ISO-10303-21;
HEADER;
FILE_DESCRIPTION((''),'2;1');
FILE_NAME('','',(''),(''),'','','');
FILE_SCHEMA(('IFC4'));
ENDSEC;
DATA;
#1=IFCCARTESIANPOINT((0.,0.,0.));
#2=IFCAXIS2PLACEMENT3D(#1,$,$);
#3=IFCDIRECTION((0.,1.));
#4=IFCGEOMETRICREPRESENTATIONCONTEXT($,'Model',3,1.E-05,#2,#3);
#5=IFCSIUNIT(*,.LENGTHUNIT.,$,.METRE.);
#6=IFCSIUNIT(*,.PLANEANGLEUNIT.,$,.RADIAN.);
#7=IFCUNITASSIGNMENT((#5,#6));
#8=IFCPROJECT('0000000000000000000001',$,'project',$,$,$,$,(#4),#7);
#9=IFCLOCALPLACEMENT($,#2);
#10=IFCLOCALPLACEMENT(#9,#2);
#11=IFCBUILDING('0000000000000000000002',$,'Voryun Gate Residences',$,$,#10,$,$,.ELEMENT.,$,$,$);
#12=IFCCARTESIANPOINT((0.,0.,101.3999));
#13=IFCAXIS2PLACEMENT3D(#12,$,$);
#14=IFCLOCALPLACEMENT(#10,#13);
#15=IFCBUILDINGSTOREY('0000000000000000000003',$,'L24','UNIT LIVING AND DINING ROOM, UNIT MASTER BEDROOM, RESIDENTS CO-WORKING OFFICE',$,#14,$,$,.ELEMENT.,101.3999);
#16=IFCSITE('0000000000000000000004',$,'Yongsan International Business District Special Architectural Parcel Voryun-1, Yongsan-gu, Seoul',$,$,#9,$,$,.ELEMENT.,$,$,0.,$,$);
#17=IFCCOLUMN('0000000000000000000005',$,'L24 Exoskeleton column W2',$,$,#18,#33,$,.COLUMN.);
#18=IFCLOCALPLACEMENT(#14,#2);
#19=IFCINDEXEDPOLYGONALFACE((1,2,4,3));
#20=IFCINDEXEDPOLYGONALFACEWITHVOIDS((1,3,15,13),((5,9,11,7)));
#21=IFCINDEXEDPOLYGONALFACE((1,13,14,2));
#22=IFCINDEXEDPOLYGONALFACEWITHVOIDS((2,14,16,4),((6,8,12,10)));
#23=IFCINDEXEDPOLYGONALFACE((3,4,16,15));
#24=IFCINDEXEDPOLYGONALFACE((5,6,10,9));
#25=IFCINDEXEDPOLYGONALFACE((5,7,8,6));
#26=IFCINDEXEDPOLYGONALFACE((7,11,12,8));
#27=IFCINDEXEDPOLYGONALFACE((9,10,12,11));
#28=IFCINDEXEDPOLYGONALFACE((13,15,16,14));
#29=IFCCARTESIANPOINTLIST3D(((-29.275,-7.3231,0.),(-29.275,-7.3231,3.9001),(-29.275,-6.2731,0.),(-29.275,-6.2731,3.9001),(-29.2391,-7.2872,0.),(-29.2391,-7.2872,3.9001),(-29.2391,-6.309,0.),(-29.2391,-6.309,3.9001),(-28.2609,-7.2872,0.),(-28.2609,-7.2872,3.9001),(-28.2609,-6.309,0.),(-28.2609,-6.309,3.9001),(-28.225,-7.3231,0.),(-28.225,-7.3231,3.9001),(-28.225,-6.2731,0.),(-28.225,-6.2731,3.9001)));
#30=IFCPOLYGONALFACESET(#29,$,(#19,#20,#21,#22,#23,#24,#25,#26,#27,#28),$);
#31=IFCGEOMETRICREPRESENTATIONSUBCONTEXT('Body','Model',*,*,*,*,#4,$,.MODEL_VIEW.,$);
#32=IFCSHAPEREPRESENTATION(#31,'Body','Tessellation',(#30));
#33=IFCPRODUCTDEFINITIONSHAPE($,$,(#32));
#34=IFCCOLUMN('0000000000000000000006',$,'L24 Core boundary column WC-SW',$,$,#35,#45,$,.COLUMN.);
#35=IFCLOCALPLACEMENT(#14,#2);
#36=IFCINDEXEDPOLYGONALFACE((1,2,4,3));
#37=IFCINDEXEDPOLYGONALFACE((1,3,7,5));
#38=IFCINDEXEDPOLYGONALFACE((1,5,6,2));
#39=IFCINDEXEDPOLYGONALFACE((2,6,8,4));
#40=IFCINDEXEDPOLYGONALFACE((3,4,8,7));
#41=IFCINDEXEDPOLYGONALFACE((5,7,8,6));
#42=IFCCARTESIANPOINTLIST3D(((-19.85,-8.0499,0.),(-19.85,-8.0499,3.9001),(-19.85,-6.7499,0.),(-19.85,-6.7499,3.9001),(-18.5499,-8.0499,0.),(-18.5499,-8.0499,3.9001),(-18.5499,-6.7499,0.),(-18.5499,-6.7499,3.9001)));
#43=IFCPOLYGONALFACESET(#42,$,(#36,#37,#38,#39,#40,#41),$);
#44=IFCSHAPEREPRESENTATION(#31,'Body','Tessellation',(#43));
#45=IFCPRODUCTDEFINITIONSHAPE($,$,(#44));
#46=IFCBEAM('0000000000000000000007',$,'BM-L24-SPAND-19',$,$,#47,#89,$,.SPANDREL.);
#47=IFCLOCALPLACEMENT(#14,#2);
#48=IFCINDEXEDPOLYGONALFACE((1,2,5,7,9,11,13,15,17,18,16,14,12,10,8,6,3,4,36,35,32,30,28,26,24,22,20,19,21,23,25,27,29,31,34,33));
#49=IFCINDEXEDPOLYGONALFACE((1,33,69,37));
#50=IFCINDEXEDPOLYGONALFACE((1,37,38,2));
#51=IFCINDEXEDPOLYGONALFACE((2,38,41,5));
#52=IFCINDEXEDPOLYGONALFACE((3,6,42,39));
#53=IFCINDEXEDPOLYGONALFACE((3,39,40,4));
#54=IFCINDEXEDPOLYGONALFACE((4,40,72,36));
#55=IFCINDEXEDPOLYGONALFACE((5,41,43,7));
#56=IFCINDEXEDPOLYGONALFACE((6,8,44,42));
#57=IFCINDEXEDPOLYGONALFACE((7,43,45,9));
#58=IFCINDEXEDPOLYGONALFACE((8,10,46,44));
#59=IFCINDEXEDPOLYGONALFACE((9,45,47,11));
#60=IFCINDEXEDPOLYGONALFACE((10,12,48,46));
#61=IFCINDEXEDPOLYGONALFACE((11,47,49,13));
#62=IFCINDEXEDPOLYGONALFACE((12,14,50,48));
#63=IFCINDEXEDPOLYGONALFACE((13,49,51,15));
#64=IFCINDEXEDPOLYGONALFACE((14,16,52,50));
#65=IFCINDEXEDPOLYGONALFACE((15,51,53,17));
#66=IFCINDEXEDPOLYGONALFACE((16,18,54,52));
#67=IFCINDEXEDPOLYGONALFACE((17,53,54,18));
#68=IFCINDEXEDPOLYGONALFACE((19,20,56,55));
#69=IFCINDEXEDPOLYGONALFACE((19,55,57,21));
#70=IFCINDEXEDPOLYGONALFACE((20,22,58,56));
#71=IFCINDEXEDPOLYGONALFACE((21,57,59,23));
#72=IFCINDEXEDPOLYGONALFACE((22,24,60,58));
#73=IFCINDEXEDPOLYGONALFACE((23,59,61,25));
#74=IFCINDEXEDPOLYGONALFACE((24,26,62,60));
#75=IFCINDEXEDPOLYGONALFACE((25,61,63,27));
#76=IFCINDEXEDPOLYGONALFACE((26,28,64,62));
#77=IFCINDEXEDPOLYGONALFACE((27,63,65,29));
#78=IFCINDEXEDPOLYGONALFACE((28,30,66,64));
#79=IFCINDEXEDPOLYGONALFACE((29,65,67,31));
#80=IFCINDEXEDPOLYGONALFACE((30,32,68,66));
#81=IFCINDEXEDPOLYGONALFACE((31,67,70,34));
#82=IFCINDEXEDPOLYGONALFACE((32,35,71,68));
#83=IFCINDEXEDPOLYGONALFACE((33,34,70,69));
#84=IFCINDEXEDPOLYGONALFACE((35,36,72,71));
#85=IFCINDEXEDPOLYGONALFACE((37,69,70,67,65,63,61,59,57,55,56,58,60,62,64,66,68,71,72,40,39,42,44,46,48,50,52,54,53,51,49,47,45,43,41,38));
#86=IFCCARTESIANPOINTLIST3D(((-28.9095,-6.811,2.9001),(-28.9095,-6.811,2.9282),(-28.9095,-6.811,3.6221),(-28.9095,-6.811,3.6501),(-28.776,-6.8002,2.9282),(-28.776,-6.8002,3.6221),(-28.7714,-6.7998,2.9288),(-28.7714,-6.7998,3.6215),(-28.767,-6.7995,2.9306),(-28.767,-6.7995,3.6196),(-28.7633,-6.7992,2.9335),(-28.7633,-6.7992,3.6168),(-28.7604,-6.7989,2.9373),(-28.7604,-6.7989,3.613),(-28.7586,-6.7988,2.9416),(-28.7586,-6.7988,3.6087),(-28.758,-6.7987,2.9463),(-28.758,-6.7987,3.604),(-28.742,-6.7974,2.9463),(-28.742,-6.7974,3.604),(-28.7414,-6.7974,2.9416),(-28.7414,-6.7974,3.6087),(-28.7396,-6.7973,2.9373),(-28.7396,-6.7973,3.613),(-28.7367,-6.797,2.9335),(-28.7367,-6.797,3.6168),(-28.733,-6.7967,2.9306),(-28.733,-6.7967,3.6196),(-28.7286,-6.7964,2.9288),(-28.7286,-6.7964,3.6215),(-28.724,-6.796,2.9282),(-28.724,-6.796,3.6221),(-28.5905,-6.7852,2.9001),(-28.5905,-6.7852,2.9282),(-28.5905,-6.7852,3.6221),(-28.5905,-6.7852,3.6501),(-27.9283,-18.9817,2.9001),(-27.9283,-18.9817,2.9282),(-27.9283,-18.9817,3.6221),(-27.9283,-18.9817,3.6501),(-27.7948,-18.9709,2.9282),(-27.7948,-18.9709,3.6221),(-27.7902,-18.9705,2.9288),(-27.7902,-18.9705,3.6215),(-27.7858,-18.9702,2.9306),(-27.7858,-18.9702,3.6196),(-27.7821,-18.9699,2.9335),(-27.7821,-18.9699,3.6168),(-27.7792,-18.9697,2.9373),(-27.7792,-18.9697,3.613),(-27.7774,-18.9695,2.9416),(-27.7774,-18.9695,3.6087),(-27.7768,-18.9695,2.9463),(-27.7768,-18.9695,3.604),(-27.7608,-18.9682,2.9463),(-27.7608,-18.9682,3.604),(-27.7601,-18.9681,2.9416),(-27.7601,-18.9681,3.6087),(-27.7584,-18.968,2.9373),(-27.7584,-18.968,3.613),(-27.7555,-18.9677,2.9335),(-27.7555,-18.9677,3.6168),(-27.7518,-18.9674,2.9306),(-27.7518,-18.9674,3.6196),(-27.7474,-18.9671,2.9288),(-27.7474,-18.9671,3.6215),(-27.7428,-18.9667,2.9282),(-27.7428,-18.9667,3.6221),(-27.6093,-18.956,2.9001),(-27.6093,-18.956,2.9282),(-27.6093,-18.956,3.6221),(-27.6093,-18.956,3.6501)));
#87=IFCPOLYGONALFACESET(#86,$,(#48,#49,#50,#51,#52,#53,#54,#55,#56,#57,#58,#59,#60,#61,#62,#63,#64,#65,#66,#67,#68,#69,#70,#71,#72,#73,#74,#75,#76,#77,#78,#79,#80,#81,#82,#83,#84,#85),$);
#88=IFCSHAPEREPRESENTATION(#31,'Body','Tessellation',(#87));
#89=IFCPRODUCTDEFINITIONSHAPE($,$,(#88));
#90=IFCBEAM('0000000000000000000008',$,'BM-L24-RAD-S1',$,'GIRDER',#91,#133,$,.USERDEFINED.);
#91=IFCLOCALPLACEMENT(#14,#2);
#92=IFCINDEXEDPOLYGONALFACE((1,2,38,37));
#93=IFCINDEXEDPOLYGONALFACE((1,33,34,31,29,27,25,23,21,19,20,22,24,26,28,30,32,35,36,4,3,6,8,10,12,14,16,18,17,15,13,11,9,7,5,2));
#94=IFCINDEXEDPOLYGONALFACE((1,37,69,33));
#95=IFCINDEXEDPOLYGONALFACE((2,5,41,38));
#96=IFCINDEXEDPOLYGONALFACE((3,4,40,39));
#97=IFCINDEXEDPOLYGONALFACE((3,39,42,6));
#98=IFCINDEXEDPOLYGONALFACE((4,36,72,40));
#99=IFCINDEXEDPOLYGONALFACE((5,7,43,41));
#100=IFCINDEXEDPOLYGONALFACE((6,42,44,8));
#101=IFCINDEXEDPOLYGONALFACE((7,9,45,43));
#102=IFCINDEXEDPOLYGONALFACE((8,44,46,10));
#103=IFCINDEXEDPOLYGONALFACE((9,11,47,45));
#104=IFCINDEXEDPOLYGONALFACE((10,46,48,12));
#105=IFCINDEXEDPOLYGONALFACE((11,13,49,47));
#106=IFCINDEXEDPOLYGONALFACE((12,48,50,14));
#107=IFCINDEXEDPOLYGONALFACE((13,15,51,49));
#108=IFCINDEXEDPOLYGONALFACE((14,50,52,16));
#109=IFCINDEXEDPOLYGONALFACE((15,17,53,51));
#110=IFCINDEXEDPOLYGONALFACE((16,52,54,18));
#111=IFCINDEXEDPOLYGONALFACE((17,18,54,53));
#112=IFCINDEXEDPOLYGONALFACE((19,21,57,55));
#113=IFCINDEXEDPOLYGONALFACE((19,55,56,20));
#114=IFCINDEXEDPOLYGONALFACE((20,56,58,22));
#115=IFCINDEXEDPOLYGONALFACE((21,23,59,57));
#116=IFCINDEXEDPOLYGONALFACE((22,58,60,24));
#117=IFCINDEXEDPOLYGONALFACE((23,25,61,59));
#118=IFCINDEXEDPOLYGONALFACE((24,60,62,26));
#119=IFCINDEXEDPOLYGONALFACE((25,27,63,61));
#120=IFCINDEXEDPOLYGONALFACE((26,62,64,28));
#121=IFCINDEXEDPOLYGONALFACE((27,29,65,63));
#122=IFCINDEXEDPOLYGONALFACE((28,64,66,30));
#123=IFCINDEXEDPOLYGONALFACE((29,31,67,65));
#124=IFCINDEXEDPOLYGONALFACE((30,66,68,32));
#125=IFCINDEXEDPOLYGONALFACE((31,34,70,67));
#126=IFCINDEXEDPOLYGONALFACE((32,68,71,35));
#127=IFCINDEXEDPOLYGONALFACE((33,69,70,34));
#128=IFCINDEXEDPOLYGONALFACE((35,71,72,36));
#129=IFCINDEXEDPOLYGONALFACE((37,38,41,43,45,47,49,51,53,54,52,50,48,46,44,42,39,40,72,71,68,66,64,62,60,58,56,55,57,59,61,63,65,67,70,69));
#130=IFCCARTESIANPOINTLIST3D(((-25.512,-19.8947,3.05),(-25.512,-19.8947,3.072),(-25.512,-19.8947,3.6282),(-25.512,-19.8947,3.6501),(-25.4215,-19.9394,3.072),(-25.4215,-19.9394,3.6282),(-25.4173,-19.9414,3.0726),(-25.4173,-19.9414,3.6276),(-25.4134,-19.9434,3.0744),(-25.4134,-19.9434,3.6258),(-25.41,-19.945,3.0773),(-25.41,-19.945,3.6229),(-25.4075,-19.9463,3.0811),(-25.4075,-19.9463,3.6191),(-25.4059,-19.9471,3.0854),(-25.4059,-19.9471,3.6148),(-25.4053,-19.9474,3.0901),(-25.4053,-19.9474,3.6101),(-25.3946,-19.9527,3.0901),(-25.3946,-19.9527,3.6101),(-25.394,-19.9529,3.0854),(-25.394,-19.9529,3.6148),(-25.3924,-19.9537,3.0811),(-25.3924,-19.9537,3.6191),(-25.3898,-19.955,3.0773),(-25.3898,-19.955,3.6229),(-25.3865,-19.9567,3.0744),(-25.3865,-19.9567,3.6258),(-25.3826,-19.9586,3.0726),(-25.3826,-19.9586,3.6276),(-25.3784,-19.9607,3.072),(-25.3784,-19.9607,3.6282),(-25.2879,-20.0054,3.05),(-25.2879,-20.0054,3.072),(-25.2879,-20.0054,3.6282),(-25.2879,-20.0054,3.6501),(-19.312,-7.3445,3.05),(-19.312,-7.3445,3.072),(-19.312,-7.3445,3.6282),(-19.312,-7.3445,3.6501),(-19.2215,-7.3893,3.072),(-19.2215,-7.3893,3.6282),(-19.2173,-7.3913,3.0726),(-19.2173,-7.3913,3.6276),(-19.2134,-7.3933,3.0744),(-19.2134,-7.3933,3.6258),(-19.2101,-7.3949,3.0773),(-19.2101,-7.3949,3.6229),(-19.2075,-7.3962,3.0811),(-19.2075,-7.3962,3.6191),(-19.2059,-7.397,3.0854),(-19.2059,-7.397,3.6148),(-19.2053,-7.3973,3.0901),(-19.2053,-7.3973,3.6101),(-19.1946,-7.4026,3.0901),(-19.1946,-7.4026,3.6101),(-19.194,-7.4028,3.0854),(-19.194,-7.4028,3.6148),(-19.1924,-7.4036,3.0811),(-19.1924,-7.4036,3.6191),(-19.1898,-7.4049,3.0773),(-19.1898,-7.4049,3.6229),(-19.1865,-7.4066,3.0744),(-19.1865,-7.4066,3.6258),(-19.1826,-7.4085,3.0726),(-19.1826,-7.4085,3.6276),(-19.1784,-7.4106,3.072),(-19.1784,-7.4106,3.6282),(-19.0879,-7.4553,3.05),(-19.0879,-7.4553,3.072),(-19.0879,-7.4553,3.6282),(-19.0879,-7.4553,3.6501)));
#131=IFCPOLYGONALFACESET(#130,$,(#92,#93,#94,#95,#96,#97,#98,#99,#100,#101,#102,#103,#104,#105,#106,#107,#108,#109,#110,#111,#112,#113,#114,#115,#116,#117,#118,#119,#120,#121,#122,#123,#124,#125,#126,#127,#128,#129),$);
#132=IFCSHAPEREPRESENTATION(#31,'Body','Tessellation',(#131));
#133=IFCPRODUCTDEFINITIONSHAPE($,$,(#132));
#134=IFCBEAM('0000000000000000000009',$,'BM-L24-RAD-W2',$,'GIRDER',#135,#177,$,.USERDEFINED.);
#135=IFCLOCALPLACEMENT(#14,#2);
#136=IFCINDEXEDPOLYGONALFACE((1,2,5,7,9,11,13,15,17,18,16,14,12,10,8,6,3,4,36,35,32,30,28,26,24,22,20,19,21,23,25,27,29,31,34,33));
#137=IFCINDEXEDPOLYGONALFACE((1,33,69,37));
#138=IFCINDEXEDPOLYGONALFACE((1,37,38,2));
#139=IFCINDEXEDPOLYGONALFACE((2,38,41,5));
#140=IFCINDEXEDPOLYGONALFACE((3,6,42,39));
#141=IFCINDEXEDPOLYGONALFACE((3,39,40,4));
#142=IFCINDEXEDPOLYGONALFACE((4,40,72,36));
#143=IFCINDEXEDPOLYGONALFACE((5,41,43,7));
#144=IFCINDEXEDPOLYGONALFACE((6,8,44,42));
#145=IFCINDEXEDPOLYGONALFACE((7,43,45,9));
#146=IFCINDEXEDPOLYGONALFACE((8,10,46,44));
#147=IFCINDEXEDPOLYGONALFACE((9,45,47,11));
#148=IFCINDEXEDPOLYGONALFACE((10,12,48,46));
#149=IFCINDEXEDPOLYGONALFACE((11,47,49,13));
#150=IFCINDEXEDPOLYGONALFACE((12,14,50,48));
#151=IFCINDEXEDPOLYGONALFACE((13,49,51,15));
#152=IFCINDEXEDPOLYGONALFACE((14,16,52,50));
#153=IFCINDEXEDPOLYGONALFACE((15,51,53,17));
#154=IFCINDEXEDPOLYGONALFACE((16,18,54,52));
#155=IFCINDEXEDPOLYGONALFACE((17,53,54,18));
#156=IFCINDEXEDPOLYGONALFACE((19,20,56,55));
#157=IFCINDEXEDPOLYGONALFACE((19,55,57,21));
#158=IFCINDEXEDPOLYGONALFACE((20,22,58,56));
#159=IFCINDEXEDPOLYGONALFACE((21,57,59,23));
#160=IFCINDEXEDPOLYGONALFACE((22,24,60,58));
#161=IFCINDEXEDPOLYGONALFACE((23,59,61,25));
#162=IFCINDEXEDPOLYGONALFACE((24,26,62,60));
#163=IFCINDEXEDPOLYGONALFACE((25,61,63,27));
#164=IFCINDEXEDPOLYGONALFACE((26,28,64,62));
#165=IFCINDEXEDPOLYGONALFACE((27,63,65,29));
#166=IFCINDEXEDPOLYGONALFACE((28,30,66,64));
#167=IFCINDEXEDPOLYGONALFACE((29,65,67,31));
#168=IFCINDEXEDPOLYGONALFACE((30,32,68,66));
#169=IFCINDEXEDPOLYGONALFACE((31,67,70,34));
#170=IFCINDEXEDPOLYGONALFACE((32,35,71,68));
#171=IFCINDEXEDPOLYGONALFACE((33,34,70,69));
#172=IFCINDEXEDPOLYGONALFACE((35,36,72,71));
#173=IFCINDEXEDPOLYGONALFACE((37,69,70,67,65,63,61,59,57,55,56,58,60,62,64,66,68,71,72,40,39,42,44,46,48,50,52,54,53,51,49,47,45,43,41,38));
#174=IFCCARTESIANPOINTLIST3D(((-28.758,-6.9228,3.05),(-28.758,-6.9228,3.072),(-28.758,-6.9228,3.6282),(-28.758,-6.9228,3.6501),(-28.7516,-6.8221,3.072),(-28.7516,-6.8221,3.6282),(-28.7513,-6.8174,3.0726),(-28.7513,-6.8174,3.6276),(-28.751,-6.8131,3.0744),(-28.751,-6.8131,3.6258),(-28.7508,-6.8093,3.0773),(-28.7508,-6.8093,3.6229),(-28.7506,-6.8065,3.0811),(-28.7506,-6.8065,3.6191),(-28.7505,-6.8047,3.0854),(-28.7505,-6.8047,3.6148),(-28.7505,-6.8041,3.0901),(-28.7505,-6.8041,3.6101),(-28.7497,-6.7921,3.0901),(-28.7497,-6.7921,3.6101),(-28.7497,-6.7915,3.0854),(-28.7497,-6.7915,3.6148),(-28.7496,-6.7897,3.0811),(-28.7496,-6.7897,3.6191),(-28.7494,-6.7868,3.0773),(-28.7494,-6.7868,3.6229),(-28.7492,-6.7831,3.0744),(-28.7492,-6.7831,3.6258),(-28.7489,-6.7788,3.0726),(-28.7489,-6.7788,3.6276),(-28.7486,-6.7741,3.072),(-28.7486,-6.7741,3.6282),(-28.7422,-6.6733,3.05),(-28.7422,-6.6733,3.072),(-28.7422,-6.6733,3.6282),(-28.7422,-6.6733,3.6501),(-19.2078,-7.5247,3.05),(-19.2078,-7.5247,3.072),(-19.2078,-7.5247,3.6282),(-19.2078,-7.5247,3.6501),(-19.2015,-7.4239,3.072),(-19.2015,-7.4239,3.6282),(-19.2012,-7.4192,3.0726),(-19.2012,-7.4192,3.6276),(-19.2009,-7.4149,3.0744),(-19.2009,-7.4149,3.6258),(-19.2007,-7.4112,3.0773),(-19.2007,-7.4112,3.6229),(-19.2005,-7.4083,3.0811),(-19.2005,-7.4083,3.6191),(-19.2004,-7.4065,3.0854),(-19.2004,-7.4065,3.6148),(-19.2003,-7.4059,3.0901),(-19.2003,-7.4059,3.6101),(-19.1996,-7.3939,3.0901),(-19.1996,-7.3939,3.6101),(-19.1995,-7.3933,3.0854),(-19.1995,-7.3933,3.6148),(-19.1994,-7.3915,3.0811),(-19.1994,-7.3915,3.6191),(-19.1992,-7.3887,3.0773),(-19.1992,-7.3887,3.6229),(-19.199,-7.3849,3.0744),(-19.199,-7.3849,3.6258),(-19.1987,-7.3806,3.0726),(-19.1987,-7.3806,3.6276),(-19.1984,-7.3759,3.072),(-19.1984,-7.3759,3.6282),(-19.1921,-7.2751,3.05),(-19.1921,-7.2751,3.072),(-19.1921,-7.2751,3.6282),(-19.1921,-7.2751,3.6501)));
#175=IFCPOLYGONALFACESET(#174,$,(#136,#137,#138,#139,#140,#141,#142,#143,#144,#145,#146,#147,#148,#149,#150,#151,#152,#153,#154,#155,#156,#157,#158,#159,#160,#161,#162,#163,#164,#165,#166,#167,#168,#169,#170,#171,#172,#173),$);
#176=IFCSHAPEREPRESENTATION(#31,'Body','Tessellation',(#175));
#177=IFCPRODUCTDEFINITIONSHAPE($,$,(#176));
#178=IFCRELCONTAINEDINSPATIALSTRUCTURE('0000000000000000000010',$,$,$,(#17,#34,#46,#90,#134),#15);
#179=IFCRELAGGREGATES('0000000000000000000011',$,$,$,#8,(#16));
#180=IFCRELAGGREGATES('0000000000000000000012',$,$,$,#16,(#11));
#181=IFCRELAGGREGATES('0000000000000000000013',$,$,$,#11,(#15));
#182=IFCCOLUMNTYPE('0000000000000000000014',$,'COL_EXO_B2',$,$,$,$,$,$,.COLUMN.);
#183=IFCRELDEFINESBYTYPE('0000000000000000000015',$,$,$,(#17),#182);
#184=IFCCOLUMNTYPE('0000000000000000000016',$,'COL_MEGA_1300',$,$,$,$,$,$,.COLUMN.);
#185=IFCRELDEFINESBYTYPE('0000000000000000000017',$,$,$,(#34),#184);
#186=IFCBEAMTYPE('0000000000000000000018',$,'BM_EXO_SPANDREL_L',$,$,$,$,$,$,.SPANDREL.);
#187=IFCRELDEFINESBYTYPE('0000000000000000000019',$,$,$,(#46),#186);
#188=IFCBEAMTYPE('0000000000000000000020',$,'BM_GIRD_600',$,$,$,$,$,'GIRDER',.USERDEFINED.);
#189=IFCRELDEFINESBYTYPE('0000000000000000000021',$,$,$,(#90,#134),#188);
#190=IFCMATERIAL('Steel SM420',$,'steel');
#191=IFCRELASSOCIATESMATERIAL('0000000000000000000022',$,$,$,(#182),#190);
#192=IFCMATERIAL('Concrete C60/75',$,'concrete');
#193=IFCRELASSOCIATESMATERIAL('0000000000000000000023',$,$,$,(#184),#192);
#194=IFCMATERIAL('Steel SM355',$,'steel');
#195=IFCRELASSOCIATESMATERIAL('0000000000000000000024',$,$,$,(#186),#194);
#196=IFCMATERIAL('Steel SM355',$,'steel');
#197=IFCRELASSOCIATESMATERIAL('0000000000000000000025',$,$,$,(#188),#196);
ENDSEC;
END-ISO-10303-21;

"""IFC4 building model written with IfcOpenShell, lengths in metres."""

from ifc_helpers import new_model, si_unit, direction, frame, origin, origin_2d, place, context, subcontext, project, spatial, rectangle, hollow_rectangle, i_section, extrude, material, material_profile, profile_set, type_object, element, save


model = new_model("IFC4")

# Units and contexts
model_context = context("Model", 3, precision=1e-05, world=origin(), true_north=direction((0.0, 1.0)))
body_context = subcontext(model_context, "Body", "Model", "MODEL_VIEW")
ifc_project = project(units=[si_unit("LENGTHUNIT", "METRE"), si_unit("PLANEANGLEUNIT", "RADIAN")], contexts=[model_context])

# Site, building, storey
site_placement = place(None, origin())
site = spatial("IfcSite", under=ifc_project, at=site_placement, Name="Yongsan International Business District Special Architectural Parcel Voryun-1, Yongsan-gu, Seoul", CompositionType="ELEMENT", RefElevation=0.0)
building_placement = place(site_placement, origin())
building = spatial("IfcBuilding", under=site, at=building_placement, Name="Voryun Gate Residences", CompositionType="ELEMENT")
storey_placement = place(building_placement, frame((0.0, 0.0, 101.3999)))
storey = spatial("IfcBuildingStorey", under=building, at=storey_placement, Name="L24", Description="UNIT LIVING AND DINING ROOM, UNIT MASTER BEDROOM, RESIDENTS CO-WORKING OFFICE", CompositionType="ELEMENT", Elevation=101.3999)

# Columns
ifc_material_1 = material(Name="Steel SM420", Category="steel")
ifc_material_profile_1 = material_profile(ifc_material_1, hollow_rectangle(XDim=1.05, YDim=1.05, WallThickness=0.0359, at=origin_2d()), Name="BOX-1050x1050x36")
ifc_profile_set_1 = profile_set([ifc_material_profile_1], Name="Steel SM420")
column_type_1 = type_object("IfcColumnType", Name="COL_EXO_B2", PredefinedType="COLUMN", material=ifc_profile_set_1)
column_1_placement = place(storey_placement, frame((-28.75, -6.7981, 0.0), z_axis=(0.0, 0.0, 1.0), x_axis=(1.0, 0.0, 0.0)))
element("IfcColumn", 1, at=column_1_placement, inside=storey, type_object=column_type_1, Name="L24 Exoskeleton column W2", PredefinedType="COLUMN", context=body_context, shape_type="SweptSolid", body=[
    extrude(hollow_rectangle(XDim=1.05, YDim=1.05, WallThickness=0.0359, at=origin_2d()), origin(), (0.0, 0.0, 1.0), 3.9001),
])
ifc_material_2 = material(Name="Concrete C60/75", Category="concrete")
ifc_material_profile_2 = material_profile(ifc_material_2, rectangle(XDim=1.3, YDim=1.3, at=origin_2d()), Name="RC-1300x1300")
ifc_profile_set_2 = profile_set([ifc_material_profile_2], Name="Concrete C60/75")
column_type_2 = type_object("IfcColumnType", Name="COL_MEGA_1300", PredefinedType="COLUMN", material=ifc_profile_set_2)
column_2_placement = place(storey_placement, frame((-19.2, -7.3999, 0.0), z_axis=(0.0, 0.0, 1.0), x_axis=(1.0, 0.0, 0.0)))
element("IfcColumn", 2, at=column_2_placement, inside=storey, type_object=column_type_2, Name="L24 Core boundary column WC-SW", PredefinedType="COLUMN", context=body_context, shape_type="SweptSolid", body=[
    extrude(rectangle(XDim=1.3, YDim=1.3, at=origin_2d()), origin(), (0.0, 0.0, 1.0), 3.9001),
])

# Beams
ifc_material_3 = material(Name="Steel SM355", Category="steel")
ifc_material_profile_3 = material_profile(ifc_material_3, i_section(OverallWidth=0.3201, OverallDepth=0.75, WebThickness=0.0161, FlangeThickness=0.0281, FilletRadius=0.0181, at=origin_2d()), Name="H-750x320x16x28")
ifc_profile_set_3 = profile_set([ifc_material_profile_3], Name="Steel SM355")
beam_type_1 = type_object("IfcBeamType", Name="BM_EXO_SPANDREL_L", PredefinedType="SPANDREL", material=ifc_profile_set_3)
beam_1_placement = place(storey_placement, frame((-28.75, -6.7981, 3.2751), z_axis=(0.08036, -0.996766, 0.0), x_axis=(0.996766, 0.08036, 0.0)))
element("IfcBeam", 3, at=beam_1_placement, inside=storey, type_object=beam_type_1, Name="BM-L24-SPAND-19", PredefinedType="SPANDREL", context=body_context, shape_type="SweptSolid", body=[
    extrude(i_section(OverallWidth=0.3201, OverallDepth=0.75, WebThickness=0.0161, FlangeThickness=0.0281, FilletRadius=0.0181, at=origin_2d()), origin(), (0.0, 0.0, 1.0), 12.2102),
])
ifc_material_4 = material(Name="Steel SM355", Category="steel")
ifc_material_profile_4 = material_profile(ifc_material_4, i_section(OverallWidth=0.25, OverallDepth=0.6001, WebThickness=0.012, FlangeThickness=0.022, FilletRadius=0.0181, at=origin_2d()), Name="H-600x250x12x22")
ifc_profile_set_4 = profile_set([ifc_material_profile_4], Name="Steel SM355")
beam_type_2 = type_object("IfcBeamType", Name="BM_GIRD_600", ElementType="GIRDER", PredefinedType="USERDEFINED", material=ifc_profile_set_4)
beam_2_placement = place(storey_placement, frame((-19.2, -7.3999, 3.3501), z_axis=(-0.442918, -0.896562, 0.0), x_axis=(0.896562, -0.442918, 0.0)))
element("IfcBeam", 4, at=beam_2_placement, inside=storey, type_object=beam_type_2, Name="BM-L24-RAD-S1", ObjectType="GIRDER", PredefinedType="USERDEFINED", context=body_context, shape_type="SweptSolid", body=[
    extrude(i_section(OverallWidth=0.25, OverallDepth=0.6001, WebThickness=0.012, FlangeThickness=0.022, FilletRadius=0.0181, at=origin_2d()), origin(), (0.0, 0.0, 1.0), 13.998),
])
beam_3_placement = place(storey_placement, frame((-19.2, -7.3999, 3.3501), z_axis=(-0.99802, 0.062891, 0.0), x_axis=(-0.062891, -0.99802, 0.0)))
element("IfcBeam", 5, at=beam_3_placement, inside=storey, type_object=beam_type_2, Name="BM-L24-RAD-W2", ObjectType="GIRDER", PredefinedType="USERDEFINED", context=body_context, shape_type="SweptSolid", body=[
    extrude(i_section(OverallWidth=0.25, OverallDepth=0.6001, WebThickness=0.012, FlangeThickness=0.022, FilletRadius=0.0181, at=origin_2d()), origin(), (0.0, 0.0, 1.0), 9.5691),
])

save(model, "model.ifc")
